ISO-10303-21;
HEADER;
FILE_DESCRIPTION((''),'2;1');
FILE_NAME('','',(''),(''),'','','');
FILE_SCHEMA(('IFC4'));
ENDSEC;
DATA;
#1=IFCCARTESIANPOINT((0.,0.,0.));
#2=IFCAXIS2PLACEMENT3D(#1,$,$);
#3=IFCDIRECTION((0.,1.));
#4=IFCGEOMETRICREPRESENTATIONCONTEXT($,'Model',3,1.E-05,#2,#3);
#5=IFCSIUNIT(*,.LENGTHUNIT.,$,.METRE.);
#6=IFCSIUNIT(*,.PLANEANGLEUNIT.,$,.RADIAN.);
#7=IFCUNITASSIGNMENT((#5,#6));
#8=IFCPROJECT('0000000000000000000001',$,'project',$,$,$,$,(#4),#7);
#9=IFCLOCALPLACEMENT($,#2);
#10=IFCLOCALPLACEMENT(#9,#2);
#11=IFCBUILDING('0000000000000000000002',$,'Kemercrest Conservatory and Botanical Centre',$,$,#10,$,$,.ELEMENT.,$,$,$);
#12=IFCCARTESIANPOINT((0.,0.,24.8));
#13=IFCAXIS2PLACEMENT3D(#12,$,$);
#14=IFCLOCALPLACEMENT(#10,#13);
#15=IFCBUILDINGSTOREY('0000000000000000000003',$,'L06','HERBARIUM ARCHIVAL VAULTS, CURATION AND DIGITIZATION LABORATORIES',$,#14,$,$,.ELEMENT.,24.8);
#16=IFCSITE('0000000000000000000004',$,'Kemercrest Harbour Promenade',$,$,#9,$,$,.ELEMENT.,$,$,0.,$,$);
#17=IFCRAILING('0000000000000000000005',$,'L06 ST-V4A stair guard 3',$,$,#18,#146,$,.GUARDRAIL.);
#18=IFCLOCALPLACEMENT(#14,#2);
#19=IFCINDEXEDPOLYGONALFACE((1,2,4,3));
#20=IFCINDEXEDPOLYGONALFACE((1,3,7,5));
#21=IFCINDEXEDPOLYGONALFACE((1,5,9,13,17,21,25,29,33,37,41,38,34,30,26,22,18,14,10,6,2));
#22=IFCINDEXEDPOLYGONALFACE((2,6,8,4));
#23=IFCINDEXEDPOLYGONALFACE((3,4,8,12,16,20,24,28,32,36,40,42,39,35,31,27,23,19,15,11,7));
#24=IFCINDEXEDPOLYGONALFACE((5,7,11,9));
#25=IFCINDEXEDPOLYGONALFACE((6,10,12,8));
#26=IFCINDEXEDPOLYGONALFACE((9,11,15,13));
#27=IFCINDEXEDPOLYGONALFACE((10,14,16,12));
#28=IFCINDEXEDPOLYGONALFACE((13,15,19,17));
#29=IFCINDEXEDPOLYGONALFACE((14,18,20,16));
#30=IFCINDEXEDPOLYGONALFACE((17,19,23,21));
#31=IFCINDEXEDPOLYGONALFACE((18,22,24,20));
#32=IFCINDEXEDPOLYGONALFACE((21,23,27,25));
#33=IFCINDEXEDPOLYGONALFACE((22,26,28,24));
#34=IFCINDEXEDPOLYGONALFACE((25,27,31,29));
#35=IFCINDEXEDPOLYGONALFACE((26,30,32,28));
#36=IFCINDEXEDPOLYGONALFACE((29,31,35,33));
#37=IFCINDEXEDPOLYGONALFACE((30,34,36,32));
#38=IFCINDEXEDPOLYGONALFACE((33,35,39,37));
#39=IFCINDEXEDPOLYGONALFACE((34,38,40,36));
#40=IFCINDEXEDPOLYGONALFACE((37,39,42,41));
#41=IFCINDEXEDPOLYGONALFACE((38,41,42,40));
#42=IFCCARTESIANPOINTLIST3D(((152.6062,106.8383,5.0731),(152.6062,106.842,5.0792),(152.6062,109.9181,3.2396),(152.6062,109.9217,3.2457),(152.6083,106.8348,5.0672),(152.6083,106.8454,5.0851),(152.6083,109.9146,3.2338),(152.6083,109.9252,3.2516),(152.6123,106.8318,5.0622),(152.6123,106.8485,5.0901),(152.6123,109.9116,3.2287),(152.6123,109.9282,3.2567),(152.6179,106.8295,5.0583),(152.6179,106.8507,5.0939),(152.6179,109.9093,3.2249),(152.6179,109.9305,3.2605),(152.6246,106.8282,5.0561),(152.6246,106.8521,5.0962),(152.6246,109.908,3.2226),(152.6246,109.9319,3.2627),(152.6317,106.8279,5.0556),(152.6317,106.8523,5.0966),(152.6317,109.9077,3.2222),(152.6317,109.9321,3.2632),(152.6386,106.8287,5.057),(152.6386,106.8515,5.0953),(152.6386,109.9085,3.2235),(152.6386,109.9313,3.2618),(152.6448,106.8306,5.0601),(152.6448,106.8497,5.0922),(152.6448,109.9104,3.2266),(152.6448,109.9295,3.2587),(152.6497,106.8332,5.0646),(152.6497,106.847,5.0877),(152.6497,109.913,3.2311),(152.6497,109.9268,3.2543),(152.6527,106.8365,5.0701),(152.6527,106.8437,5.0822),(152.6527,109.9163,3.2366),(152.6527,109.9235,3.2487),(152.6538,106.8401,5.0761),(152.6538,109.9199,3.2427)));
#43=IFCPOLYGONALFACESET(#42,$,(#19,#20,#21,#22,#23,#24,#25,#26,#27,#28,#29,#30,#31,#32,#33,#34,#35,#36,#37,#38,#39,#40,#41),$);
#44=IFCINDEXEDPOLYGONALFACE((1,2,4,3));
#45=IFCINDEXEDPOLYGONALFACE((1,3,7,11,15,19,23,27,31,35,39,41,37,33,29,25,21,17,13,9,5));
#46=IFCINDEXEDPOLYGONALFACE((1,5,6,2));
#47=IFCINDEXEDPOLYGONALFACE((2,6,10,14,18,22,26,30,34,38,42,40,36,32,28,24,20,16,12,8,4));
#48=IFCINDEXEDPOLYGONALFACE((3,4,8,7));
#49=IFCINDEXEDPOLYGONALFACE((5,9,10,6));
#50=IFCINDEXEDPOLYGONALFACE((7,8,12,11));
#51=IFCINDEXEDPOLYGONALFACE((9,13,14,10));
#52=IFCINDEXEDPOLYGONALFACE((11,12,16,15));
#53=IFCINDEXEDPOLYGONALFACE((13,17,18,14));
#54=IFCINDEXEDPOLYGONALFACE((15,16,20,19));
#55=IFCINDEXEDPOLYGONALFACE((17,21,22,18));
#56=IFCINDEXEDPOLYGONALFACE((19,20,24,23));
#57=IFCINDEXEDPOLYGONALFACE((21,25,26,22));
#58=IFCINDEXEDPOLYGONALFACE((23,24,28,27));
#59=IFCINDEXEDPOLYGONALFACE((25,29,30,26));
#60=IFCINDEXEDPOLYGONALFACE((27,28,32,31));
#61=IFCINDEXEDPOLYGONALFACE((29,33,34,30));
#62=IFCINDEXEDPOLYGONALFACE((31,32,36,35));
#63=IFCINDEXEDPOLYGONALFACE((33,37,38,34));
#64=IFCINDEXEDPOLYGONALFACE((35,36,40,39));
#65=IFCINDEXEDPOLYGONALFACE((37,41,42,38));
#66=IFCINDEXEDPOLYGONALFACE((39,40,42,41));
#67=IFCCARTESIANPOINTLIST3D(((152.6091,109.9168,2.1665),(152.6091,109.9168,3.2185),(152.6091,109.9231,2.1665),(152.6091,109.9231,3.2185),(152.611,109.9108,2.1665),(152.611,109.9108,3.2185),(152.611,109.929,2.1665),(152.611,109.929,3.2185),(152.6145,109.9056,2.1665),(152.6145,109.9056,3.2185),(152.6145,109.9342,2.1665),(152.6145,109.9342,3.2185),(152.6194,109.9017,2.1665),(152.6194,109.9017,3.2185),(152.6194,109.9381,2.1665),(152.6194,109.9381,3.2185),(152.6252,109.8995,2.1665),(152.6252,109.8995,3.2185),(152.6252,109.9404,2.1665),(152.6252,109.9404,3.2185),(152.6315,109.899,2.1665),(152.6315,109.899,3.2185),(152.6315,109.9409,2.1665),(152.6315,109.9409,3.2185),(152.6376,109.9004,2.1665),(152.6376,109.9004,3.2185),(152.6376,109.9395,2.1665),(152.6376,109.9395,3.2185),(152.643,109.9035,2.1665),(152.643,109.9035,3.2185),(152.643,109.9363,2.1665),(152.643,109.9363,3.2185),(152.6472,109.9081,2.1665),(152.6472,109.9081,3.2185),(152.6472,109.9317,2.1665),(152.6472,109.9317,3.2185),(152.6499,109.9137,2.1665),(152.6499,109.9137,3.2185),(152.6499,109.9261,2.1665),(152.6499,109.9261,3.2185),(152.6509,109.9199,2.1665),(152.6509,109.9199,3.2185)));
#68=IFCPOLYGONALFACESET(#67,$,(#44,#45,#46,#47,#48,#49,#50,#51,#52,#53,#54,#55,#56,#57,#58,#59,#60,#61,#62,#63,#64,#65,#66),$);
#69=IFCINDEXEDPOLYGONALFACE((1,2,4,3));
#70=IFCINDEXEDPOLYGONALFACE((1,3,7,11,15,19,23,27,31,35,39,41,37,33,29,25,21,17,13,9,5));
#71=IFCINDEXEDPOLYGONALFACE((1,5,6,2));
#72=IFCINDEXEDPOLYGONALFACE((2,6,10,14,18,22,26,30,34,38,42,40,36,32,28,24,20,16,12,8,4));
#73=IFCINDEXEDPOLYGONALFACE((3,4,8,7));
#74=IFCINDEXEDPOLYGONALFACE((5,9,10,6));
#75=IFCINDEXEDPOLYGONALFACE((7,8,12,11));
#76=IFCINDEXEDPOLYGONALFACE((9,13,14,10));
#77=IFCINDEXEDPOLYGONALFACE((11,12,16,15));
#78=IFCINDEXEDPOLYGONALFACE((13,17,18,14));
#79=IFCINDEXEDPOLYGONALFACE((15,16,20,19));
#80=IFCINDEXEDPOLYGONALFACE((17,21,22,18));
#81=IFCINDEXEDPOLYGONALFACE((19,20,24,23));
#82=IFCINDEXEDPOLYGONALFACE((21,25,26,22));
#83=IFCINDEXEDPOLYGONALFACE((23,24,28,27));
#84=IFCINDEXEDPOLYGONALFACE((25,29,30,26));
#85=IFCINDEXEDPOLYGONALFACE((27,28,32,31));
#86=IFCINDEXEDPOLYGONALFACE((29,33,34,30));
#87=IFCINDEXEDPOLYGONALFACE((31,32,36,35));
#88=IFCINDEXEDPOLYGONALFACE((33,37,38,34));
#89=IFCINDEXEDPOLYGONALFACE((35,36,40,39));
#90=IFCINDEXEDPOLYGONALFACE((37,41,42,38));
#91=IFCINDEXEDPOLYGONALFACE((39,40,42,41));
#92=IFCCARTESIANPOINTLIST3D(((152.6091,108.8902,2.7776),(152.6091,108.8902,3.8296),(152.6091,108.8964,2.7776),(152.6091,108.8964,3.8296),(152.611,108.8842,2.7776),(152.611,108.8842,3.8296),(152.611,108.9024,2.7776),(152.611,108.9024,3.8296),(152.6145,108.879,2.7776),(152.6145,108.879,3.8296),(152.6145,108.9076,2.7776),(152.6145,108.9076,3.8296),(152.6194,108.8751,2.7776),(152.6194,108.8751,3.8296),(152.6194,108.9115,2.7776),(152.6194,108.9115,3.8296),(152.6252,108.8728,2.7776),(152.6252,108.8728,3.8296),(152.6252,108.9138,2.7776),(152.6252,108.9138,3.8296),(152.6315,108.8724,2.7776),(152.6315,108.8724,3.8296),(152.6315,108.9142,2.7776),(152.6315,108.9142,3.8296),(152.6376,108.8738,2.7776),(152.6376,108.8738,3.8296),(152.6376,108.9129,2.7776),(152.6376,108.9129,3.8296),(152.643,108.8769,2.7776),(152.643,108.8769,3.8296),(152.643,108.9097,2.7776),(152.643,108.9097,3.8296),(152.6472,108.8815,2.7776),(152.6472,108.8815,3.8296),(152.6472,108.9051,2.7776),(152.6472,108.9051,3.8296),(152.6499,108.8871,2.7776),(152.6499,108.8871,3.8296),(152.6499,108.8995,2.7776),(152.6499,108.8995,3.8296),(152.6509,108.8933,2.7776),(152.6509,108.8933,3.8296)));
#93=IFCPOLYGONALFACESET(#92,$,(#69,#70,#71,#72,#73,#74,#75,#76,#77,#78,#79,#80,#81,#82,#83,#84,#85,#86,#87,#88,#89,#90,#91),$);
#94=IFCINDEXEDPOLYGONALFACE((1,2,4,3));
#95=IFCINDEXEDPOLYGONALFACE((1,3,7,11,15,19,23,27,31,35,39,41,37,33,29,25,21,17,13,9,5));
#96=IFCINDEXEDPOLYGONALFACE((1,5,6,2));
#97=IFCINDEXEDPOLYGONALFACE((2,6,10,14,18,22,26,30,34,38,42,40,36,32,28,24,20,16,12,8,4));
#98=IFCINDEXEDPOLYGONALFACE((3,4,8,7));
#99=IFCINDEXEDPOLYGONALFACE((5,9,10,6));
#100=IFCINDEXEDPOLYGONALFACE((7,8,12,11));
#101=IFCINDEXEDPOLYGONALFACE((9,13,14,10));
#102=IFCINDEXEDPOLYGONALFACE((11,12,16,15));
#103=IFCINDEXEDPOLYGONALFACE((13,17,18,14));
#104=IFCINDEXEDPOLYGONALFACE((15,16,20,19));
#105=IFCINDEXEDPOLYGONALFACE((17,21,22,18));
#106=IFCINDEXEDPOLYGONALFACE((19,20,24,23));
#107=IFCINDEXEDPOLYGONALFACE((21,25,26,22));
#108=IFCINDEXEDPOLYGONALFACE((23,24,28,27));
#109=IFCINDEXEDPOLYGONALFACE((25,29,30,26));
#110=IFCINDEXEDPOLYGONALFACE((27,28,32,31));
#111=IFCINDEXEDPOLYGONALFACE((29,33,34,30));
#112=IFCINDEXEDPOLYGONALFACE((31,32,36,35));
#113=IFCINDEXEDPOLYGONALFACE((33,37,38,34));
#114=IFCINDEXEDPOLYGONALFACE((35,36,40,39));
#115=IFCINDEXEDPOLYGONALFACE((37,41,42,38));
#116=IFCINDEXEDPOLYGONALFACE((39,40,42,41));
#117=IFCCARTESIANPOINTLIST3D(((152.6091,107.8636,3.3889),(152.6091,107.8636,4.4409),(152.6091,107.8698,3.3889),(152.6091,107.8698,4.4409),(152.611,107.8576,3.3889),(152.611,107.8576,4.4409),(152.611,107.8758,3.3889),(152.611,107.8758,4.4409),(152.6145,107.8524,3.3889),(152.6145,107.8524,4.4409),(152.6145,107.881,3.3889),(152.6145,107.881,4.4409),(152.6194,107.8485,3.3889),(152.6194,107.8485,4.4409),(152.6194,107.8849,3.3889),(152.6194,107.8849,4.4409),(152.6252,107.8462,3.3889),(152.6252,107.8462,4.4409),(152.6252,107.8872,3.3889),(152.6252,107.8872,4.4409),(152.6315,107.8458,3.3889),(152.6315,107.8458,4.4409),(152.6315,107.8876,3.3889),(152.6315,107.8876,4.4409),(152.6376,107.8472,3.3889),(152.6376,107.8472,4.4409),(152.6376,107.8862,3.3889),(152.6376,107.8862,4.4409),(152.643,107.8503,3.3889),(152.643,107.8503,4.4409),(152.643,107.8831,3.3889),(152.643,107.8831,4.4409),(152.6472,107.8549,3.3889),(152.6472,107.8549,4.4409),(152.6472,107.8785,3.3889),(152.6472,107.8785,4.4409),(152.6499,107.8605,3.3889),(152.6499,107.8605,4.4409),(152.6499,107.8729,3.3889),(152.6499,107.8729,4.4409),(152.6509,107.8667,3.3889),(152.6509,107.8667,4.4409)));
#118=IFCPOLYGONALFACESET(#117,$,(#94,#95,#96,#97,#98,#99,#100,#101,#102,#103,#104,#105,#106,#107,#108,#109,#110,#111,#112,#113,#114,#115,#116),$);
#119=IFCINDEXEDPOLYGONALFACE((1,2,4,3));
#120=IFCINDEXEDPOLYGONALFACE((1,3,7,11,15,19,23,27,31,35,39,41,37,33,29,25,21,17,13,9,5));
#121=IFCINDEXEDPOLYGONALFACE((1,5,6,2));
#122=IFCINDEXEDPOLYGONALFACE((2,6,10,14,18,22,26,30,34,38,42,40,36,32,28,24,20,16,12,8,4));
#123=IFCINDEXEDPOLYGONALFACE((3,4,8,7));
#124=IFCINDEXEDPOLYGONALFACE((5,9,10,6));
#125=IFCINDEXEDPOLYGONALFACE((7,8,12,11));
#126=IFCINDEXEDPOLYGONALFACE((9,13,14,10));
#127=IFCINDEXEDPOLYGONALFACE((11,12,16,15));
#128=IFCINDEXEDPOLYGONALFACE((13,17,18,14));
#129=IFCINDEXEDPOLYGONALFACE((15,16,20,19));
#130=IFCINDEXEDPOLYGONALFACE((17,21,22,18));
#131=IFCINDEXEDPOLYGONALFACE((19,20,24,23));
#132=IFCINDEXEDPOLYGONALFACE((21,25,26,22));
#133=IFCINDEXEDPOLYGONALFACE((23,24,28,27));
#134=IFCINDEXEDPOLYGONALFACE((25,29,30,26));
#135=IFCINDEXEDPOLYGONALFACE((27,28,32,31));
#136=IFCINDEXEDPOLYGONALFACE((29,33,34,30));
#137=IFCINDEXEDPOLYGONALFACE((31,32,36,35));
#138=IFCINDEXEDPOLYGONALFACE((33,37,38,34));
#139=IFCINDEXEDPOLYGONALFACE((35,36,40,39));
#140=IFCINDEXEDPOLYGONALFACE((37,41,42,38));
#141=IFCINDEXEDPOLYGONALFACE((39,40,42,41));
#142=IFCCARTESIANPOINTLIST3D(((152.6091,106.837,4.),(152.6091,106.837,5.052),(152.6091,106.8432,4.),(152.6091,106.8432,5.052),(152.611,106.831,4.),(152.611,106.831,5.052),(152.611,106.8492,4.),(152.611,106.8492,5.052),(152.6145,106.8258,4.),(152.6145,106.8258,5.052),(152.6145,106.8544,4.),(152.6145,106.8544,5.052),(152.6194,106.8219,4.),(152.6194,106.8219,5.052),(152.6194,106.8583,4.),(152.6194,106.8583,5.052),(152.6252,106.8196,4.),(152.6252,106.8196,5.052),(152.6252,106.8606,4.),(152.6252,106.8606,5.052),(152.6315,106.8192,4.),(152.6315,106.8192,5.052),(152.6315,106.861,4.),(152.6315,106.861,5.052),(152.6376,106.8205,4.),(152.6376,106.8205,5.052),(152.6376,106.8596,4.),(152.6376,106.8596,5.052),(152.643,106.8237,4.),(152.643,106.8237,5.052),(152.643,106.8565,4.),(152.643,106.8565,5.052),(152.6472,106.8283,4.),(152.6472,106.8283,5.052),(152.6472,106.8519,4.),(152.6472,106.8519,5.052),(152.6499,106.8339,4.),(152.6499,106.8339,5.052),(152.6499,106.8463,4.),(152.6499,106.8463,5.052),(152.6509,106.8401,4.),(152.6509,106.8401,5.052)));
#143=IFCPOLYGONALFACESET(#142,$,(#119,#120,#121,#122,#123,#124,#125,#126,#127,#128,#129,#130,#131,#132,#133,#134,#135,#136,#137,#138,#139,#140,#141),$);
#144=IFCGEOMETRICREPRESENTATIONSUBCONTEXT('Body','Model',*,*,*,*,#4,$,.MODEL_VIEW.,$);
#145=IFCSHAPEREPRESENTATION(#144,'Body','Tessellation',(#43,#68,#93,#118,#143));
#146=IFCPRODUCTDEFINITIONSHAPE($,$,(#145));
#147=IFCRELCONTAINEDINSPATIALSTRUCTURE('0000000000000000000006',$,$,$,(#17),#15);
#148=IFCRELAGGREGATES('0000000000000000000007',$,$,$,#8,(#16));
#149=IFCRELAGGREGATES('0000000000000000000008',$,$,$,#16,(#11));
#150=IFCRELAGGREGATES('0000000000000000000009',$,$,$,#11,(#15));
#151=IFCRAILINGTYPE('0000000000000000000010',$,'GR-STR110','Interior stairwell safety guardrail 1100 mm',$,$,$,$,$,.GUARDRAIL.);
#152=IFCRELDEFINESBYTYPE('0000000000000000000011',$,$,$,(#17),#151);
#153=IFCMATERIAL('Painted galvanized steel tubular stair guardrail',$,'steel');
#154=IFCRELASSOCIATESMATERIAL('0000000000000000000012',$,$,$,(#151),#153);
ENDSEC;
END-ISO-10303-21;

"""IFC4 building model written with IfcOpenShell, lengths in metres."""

from ifc_helpers import new_model, si_unit, direction, frame, origin, origin_2d, place, context, subcontext, project, spatial, circle, extrude, material, type_object, element, save


model = new_model("IFC4")

# Units and contexts
model_context = context("Model", 3, precision=1e-05, world=origin(), true_north=direction((0.0, 1.0)))
body_context = subcontext(model_context, "Body", "Model", "MODEL_VIEW")
ifc_project = project(units=[si_unit("LENGTHUNIT", "METRE"), si_unit("PLANEANGLEUNIT", "RADIAN")], contexts=[model_context])

# Site, building, storey
site_placement = place(None, origin())
site = spatial("IfcSite", under=ifc_project, at=site_placement, Name="Kemercrest Harbour Promenade", CompositionType="ELEMENT", RefElevation=0.0)
building_placement = place(site_placement, origin())
building = spatial("IfcBuilding", under=site, at=building_placement, Name="Kemercrest Conservatory and Botanical Centre", CompositionType="ELEMENT")
storey_placement = place(building_placement, frame((0.0, 0.0, 24.8)))
storey = spatial("IfcBuildingStorey", under=building, at=storey_placement, Name="L06", Description="HERBARIUM ARCHIVAL VAULTS, CURATION AND DIGITIZATION LABORATORIES", CompositionType="ELEMENT", Elevation=24.8)

# Railing
ifc_material_1 = material(Name="Painted galvanized steel tubular stair guardrail", Category="steel")
railing_type_1 = type_object("IfcRailingType", Name="GR-STR110", Description="Interior stairwell safety guardrail 1100 mm", PredefinedType="GUARDRAIL", material=ifc_material_1)
railing_1_placement = place(storey_placement, frame((152.6299, 109.9199, 2.1665)))
element("IfcRailing", 1, at=railing_1_placement, inside=storey, type_object=railing_type_1, Name="L06 ST-V4A stair guard 3", PredefinedType="GUARDRAIL", context=body_context, shape_type="SweptSolid", body=[
    extrude(circle(Radius=0.0239, at=origin_2d()), frame((0.0, 0.0, 1.0762), z_axis=(0.0, -0.859261, 0.511538), x_axis=(1.0, 0.0, 0.0)), (0.0, 0.0, 1.0), 3.5842),
    extrude(circle(Radius=0.021, at=origin_2d()), origin(), (0.0, 0.0, 1.0), 1.052),
    extrude(circle(Radius=0.021, at=origin_2d()), frame((0.0, -1.0266, 0.6111)), (0.0, 0.0, 1.0), 1.052),
    extrude(circle(Radius=0.021, at=origin_2d()), frame((0.0, -2.0532, 1.2224)), (0.0, 0.0, 1.0), 1.052),
    extrude(circle(Radius=0.021, at=origin_2d()), frame((0.0, -3.0798, 1.8335)), (0.0, 0.0, 1.0), 1.052),
])

save(model, "model.ifc")
